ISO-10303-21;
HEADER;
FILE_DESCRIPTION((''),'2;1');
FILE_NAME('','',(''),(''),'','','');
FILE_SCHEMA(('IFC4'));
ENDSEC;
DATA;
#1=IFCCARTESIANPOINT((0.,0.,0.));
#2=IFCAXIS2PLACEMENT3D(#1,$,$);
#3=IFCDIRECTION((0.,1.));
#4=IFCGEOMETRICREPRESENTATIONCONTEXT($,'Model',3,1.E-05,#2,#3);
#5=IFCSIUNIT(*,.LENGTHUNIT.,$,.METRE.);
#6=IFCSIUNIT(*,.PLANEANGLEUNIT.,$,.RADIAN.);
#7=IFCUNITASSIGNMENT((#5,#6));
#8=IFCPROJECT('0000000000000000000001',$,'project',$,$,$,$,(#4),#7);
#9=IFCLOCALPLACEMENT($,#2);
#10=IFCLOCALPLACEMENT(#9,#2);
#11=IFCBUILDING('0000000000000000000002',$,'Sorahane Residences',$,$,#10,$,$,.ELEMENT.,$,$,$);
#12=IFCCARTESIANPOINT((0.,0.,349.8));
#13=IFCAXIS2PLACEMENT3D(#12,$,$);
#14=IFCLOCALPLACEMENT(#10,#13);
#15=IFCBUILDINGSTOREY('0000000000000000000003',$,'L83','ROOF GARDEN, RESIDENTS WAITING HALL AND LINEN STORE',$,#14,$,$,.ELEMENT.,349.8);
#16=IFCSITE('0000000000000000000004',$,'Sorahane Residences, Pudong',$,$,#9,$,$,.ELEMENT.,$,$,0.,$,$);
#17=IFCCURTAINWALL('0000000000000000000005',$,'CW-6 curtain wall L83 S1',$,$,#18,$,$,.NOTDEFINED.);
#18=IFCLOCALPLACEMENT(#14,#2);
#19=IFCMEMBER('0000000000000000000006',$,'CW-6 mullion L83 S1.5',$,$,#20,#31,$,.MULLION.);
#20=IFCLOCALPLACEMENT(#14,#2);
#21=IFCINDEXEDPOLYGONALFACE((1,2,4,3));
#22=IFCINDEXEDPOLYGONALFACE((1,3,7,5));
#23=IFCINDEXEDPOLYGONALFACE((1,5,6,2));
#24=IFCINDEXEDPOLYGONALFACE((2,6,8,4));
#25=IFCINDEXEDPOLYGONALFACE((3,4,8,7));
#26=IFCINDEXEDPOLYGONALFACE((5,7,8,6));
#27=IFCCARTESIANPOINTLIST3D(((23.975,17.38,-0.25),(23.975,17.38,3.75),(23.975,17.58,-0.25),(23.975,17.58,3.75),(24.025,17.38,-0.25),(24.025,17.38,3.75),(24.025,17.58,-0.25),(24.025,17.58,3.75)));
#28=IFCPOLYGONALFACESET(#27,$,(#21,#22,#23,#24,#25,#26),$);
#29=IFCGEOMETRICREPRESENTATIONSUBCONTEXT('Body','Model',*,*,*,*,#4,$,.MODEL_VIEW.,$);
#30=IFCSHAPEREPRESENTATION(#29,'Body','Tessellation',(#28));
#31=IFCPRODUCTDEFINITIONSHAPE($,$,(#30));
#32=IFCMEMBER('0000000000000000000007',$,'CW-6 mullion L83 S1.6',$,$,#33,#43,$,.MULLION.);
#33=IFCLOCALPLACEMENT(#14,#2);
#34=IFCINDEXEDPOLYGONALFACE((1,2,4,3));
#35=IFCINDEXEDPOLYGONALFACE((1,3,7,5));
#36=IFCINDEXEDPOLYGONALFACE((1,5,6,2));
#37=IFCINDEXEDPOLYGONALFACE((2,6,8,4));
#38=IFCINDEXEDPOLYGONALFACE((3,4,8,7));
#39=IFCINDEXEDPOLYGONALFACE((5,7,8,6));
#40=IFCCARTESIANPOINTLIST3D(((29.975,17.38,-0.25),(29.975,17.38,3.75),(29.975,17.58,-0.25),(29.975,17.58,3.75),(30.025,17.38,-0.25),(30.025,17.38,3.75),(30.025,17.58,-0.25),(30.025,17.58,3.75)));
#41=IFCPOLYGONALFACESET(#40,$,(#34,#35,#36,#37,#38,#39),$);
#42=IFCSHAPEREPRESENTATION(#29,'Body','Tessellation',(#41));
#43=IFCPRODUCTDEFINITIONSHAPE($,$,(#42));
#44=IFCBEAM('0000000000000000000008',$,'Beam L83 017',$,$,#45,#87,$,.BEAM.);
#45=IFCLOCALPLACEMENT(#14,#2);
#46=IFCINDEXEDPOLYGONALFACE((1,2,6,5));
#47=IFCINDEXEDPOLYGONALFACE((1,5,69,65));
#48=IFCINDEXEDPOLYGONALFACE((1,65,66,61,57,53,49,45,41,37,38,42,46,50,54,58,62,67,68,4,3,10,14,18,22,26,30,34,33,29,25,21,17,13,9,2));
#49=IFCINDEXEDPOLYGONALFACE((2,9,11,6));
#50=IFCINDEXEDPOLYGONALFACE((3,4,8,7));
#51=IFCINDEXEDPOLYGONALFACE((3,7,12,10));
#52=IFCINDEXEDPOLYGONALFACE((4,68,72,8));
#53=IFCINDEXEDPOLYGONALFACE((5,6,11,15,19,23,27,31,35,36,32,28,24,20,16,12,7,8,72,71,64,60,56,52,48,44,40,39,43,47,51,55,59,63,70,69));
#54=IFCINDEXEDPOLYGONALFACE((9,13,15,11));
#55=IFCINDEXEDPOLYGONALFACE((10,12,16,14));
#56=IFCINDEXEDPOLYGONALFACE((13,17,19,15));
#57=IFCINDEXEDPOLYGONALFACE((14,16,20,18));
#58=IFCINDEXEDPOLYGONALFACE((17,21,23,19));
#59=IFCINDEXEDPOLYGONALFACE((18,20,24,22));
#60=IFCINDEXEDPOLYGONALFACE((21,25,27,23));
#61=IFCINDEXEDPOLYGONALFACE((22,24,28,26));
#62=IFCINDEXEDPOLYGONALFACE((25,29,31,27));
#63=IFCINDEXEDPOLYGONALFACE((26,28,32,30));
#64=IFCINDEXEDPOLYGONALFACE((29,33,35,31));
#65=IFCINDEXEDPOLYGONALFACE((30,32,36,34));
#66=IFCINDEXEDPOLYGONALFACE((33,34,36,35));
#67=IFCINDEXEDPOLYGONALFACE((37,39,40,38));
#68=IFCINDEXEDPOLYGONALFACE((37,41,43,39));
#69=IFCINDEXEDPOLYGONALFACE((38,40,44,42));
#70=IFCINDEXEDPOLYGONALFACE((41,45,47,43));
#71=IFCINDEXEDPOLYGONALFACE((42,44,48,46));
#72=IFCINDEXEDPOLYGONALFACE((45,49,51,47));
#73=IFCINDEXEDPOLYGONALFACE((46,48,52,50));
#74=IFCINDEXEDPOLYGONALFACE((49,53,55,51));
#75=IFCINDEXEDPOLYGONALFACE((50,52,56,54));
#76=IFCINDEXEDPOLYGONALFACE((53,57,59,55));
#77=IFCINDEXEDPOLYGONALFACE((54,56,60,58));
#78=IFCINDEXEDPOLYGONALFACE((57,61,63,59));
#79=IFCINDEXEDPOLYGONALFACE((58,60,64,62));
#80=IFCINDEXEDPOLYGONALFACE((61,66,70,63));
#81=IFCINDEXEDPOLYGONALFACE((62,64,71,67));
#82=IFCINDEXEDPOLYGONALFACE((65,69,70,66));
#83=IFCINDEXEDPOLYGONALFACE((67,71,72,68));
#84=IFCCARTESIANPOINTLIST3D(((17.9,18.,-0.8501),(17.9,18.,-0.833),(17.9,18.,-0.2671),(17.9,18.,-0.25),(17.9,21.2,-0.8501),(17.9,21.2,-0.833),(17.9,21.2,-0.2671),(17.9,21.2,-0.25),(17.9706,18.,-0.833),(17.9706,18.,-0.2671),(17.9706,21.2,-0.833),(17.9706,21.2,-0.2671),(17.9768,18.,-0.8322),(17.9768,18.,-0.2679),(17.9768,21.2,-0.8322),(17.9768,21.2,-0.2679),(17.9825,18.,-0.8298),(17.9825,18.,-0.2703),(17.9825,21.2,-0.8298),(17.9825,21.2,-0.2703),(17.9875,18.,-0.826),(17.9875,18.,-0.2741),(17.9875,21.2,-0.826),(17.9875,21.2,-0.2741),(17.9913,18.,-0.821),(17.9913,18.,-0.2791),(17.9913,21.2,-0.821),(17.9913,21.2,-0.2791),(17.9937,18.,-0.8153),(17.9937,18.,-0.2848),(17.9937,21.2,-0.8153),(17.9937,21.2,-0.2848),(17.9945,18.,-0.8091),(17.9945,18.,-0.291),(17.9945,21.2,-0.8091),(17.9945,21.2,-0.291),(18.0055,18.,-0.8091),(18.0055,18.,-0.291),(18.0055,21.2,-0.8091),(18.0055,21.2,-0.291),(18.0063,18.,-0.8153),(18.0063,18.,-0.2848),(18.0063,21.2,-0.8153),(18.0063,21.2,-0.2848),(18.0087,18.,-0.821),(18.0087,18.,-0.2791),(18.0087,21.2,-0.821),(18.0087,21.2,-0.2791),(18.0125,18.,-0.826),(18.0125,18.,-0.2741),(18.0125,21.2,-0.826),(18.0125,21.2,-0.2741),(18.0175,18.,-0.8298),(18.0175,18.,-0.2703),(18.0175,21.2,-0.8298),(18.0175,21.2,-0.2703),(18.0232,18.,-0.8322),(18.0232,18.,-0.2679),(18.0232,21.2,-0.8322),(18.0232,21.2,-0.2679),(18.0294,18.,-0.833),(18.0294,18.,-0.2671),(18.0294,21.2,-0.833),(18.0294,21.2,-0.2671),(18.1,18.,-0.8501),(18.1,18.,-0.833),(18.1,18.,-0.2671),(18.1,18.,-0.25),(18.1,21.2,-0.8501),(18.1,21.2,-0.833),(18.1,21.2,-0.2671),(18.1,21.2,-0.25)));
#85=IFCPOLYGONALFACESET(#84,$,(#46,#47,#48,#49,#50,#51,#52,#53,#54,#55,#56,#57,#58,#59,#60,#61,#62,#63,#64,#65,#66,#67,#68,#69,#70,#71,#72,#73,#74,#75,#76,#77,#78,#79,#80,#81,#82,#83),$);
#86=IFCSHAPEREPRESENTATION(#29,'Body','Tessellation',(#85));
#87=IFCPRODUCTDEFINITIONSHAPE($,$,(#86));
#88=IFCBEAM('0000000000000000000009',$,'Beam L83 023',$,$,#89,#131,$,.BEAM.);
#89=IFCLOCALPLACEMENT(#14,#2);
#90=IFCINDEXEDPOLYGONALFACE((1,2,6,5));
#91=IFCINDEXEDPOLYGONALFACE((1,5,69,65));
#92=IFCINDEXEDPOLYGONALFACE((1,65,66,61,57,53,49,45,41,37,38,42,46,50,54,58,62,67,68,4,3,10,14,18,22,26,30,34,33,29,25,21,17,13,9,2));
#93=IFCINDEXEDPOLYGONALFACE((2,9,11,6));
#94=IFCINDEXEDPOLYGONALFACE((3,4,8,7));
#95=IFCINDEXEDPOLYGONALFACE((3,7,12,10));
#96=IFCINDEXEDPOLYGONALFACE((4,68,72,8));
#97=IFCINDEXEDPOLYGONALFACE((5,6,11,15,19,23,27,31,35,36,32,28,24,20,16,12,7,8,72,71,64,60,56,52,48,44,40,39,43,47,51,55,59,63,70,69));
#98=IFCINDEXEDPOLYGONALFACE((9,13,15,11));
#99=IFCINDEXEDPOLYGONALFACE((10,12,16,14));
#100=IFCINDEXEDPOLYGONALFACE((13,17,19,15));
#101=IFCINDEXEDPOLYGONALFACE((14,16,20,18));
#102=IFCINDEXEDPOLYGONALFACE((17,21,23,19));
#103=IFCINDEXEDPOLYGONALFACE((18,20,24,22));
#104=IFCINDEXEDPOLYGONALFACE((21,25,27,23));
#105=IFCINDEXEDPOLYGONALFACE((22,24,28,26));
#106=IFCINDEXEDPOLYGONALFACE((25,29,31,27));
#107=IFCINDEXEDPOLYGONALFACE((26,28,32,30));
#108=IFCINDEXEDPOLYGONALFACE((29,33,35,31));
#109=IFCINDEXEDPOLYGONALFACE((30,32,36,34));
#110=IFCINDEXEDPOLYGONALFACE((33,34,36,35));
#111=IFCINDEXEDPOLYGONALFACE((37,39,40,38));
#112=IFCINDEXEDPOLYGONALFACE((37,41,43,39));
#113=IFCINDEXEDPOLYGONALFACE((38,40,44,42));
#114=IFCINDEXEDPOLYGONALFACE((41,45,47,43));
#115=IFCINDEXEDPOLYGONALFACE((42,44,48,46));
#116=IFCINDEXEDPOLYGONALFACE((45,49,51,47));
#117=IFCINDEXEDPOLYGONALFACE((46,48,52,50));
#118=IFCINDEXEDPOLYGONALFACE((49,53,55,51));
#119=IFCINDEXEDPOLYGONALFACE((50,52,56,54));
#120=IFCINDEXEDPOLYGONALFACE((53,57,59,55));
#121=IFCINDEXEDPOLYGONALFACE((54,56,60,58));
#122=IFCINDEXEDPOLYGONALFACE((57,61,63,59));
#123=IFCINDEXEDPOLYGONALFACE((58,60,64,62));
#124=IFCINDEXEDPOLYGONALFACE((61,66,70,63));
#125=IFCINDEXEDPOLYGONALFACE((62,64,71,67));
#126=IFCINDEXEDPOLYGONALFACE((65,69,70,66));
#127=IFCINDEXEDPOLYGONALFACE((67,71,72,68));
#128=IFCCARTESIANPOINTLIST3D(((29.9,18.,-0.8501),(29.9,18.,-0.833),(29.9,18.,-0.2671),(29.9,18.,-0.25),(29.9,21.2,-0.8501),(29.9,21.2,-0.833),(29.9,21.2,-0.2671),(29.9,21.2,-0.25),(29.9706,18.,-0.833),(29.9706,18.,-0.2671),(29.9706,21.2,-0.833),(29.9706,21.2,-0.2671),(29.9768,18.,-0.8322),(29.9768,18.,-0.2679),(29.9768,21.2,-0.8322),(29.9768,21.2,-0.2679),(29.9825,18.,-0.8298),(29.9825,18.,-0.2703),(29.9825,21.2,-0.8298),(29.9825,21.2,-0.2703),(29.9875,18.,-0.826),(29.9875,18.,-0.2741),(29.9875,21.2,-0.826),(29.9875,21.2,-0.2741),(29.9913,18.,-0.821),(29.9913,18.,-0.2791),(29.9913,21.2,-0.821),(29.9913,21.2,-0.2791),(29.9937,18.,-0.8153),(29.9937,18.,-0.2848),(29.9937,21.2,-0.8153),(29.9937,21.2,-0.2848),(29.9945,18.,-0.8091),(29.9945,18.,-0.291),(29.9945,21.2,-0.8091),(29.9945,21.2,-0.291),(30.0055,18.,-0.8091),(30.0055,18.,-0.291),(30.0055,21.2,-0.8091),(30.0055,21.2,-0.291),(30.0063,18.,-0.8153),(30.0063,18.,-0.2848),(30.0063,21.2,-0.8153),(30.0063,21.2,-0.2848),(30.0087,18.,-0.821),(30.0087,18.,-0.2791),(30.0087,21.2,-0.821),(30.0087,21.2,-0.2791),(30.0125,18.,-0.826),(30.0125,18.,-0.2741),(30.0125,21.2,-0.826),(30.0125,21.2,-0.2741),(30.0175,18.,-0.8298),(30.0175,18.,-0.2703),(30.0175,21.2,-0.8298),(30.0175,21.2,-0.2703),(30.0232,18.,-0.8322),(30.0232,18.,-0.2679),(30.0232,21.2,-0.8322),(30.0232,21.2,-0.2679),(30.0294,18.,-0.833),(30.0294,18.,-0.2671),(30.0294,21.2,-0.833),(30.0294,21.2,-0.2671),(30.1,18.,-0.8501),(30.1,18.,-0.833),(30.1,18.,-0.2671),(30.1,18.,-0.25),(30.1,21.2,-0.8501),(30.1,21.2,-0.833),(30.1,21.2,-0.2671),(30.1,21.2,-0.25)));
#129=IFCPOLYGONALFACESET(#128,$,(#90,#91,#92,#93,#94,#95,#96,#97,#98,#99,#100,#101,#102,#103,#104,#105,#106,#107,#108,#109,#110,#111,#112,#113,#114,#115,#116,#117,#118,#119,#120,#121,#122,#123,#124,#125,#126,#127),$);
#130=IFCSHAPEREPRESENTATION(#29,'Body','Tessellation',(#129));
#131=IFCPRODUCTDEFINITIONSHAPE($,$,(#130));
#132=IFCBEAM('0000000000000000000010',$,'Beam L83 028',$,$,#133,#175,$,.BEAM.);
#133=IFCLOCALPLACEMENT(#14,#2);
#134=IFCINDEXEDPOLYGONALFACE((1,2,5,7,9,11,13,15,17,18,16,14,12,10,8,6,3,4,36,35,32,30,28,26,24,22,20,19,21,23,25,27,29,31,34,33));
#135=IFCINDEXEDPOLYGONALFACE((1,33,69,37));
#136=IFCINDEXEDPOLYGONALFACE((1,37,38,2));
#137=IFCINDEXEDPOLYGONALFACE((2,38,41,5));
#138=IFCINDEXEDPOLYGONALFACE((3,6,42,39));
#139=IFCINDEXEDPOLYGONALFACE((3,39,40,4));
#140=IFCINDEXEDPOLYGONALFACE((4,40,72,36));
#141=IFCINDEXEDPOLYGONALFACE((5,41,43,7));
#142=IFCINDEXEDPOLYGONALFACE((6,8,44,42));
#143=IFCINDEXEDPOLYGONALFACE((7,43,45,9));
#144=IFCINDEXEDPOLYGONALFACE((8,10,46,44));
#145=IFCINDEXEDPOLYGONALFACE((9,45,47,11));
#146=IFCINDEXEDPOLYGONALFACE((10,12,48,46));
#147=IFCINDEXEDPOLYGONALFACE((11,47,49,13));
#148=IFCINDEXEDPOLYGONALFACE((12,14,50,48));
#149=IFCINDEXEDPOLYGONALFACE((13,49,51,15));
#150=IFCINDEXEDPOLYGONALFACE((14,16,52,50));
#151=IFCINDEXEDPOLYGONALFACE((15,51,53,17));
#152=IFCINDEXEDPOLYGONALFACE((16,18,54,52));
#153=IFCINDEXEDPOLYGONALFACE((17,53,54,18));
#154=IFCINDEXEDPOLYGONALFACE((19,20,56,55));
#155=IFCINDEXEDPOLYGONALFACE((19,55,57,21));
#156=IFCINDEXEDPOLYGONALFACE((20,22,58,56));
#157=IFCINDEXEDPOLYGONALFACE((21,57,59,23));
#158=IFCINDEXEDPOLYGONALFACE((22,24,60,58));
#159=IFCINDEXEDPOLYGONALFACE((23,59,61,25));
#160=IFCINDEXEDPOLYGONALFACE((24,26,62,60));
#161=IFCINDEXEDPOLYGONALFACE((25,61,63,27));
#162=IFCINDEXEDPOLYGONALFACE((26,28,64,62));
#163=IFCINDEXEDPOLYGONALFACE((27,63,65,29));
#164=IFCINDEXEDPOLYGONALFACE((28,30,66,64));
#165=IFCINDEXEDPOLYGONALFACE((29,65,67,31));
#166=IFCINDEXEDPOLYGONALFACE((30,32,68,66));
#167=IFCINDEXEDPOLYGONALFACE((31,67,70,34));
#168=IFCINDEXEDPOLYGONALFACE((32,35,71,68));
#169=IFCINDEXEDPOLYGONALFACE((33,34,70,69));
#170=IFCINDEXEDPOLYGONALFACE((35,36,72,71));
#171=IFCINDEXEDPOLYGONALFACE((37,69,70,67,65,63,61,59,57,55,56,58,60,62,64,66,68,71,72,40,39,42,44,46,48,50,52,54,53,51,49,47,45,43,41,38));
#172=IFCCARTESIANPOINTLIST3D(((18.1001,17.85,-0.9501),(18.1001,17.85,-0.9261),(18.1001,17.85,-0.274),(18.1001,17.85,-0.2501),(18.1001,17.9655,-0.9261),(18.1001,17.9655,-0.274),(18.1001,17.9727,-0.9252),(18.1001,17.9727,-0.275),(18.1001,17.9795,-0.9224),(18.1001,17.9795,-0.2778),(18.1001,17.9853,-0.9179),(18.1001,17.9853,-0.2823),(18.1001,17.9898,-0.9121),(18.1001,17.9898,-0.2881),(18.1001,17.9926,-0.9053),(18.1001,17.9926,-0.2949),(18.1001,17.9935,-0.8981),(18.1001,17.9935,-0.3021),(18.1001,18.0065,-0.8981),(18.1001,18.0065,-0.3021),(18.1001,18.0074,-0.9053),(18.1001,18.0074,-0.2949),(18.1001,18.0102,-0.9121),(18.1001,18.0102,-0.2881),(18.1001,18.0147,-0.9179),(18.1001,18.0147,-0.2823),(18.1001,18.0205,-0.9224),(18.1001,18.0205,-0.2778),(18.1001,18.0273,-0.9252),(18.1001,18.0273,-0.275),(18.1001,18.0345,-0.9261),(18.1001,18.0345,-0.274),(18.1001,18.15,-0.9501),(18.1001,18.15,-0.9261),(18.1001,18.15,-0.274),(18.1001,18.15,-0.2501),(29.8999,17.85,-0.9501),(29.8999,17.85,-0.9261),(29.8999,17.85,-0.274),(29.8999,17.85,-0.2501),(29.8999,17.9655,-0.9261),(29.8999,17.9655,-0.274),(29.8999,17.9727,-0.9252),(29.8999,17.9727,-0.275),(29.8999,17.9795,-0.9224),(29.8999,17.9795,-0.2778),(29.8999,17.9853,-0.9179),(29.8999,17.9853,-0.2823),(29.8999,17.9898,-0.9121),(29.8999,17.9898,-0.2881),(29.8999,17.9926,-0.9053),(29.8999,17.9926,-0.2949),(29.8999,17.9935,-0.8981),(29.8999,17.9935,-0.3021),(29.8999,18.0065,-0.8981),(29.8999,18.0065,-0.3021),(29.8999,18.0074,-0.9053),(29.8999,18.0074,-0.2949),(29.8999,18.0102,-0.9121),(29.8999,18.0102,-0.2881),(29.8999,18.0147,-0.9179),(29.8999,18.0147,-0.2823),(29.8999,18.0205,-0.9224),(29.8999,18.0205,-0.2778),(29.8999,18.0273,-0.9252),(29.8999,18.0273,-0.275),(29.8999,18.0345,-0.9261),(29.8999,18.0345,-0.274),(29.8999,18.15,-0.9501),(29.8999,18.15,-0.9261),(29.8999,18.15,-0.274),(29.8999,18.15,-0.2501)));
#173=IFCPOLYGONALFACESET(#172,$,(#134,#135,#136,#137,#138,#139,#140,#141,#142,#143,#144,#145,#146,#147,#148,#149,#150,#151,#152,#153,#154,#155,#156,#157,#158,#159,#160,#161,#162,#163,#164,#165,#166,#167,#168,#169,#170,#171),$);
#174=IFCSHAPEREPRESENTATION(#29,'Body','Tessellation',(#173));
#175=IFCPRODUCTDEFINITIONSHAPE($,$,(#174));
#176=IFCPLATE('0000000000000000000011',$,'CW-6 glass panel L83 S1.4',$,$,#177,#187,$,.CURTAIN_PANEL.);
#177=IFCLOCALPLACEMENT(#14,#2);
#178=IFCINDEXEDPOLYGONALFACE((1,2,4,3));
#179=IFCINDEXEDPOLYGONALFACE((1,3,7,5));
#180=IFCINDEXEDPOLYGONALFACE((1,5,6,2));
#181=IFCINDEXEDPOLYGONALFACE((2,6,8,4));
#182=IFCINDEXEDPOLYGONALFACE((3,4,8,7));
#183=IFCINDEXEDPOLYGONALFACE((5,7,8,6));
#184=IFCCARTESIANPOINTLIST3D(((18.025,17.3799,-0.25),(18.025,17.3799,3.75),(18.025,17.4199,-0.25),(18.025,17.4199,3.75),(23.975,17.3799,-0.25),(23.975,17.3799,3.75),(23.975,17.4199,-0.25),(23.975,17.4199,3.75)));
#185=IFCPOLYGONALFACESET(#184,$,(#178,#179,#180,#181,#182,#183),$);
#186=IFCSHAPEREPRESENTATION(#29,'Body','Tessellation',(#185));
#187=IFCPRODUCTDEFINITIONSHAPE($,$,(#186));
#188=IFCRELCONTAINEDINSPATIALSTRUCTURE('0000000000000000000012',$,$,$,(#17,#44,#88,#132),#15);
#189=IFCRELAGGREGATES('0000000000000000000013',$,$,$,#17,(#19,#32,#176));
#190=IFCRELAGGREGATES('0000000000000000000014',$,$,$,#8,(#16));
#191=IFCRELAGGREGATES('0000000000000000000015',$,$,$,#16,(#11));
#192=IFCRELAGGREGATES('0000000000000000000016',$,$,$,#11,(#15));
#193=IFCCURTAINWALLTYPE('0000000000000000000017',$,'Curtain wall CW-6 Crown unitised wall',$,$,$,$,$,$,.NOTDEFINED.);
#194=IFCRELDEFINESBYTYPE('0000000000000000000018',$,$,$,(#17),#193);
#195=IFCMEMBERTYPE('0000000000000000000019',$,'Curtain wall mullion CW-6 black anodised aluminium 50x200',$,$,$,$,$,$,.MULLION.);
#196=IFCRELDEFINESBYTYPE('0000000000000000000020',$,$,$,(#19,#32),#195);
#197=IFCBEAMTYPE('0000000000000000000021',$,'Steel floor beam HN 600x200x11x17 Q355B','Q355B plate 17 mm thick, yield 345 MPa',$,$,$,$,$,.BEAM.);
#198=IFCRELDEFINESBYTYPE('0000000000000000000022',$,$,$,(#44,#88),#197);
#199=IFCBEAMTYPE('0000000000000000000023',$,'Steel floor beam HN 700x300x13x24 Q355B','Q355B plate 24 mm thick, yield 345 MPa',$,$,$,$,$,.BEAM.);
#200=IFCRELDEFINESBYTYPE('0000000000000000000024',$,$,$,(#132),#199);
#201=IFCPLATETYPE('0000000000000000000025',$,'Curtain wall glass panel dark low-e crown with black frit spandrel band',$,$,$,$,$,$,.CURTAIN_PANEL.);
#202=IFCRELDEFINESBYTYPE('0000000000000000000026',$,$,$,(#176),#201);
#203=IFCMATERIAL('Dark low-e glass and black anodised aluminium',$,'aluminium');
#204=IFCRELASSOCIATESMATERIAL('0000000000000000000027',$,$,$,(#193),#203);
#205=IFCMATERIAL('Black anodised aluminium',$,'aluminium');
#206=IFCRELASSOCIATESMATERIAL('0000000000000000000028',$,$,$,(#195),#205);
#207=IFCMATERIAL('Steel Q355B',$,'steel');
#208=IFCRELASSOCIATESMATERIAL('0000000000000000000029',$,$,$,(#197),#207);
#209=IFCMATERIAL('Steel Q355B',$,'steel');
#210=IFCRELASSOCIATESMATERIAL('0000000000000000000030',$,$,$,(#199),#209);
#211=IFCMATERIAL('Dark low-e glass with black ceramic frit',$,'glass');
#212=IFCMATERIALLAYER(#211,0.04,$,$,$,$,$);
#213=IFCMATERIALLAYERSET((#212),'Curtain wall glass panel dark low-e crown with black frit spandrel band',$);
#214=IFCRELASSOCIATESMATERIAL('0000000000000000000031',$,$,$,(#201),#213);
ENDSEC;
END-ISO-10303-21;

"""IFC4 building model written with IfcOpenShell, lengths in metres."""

from ifc_helpers import new_model, si_unit, direction, frame, origin, origin_2d, place, context, subcontext, project, spatial, rectangle, i_section, extrude, material, layer, layer_set, material_profile, profile_set, type_object, element, aggregate, save


model = new_model("IFC4")

# Units and contexts
model_context = context("Model", 3, precision=1e-05, world=origin(), true_north=direction((0.0, 1.0)))
body_context = subcontext(model_context, "Body", "Model", "MODEL_VIEW")
ifc_project = project(units=[si_unit("LENGTHUNIT", "METRE"), si_unit("PLANEANGLEUNIT", "RADIAN")], contexts=[model_context])

# Site, building, storey
site_placement = place(None, origin())
site = spatial("IfcSite", under=ifc_project, at=site_placement, Name="Sorahane Residences, Pudong", CompositionType="ELEMENT", RefElevation=0.0)
building_placement = place(site_placement, origin())
building = spatial("IfcBuilding", under=site, at=building_placement, Name="Sorahane Residences", CompositionType="ELEMENT")
storey_placement = place(building_placement, frame((0.0, 0.0, 349.8)))
storey = spatial("IfcBuildingStorey", under=building, at=storey_placement, Name="L83", Description="ROOF GARDEN, RESIDENTS WAITING HALL AND LINEN STORE", CompositionType="ELEMENT", Elevation=349.8)

# Curtain wall, members
ifc_material_1 = material(Name="Dark low-e glass and black anodised aluminium", Category="aluminium")
curtain_wall_type = type_object("IfcCurtainWallType", Name="Curtain wall CW-6 Crown unitised wall", PredefinedType="NOTDEFINED", material=ifc_material_1)
curtain_wall_placement = place(storey_placement, origin())
curtain_wall = element("IfcCurtainWall", 1, at=curtain_wall_placement, inside=storey, type_object=curtain_wall_type, Name="CW-6 curtain wall L83 S1", PredefinedType="NOTDEFINED")
ifc_material_2 = material(Name="Black anodised aluminium", Category="aluminium")
ifc_material_profile_1 = material_profile(ifc_material_2, rectangle(XDim=0.2, YDim=0.05, at=origin_2d()), Name="Curtain wall mullion CW-6 black anodised aluminium 50x200")
ifc_profile_set_1 = profile_set([ifc_material_profile_1], Name="Black anodised aluminium")
member_type = type_object("IfcMemberType", Name="Curtain wall mullion CW-6 black anodised aluminium 50x200", PredefinedType="MULLION", material=ifc_profile_set_1)
member_1_placement = place(storey_placement, frame((24.0, 17.48, -0.25), z_axis=(0.0, 0.0, 1.0), x_axis=(0.0, -1.0, 0.0)))
member_1 = element("IfcMember", 2, at=member_1_placement, type_object=member_type, Name="CW-6 mullion L83 S1.5", PredefinedType="MULLION", context=body_context, shape_type="SweptSolid", body=[
    extrude(rectangle(XDim=0.2, YDim=0.05, at=origin_2d()), origin(), (0.0, 0.0, 1.0), 4.0),
])
member_2_placement = place(storey_placement, frame((30.0, 17.48, -0.25), z_axis=(0.0, 0.0, 1.0), x_axis=(0.0, -1.0, 0.0)))
member_2 = element("IfcMember", 3, at=member_2_placement, type_object=member_type, Name="CW-6 mullion L83 S1.6", PredefinedType="MULLION", context=body_context, shape_type="SweptSolid", body=[
    extrude(rectangle(XDim=0.2, YDim=0.05, at=origin_2d()), origin(), (0.0, 0.0, 1.0), 4.0),
])

# Beams
ifc_material_3 = material(Name="Steel Q355B", Category="steel")
ifc_material_profile_2 = material_profile(ifc_material_3, i_section(OverallWidth=0.2, OverallDepth=0.6001, WebThickness=0.011, FlangeThickness=0.0171, FilletRadius=0.0239, at=origin_2d()), Name="HN 600x200x11x17")
ifc_profile_set_2 = profile_set([ifc_material_profile_2], Name="Steel Q355B")
beam_type_1 = type_object("IfcBeamType", Name="Steel floor beam HN 600x200x11x17 Q355B", Description="Q355B plate 17 mm thick, yield 345 MPa", PredefinedType="BEAM", material=ifc_profile_set_2)
for number, where, z_axis, x_axis, name in (
    (4, (18.0, 18.0, -0.55), (0.0, 1.0, 0.0), (-1.0, 0.0, 0.0), "Beam L83 017"),
    (5, (30.0, 18.0, -0.55), (0.0, 1.0, 0.0), (-1.0, 0.0, 0.0), "Beam L83 023"),
):
    element("IfcBeam", number, at=place(storey_placement, frame(where, z_axis=z_axis, x_axis=x_axis)), inside=storey, type_object=beam_type_1, Name=name, PredefinedType="BEAM", context=body_context, shape_type="SweptSolid", body=[
        extrude(i_section(OverallWidth=0.2, OverallDepth=0.6001, WebThickness=0.011, FlangeThickness=0.0171, FilletRadius=0.0239, at=origin_2d()), origin(), (0.0, 0.0, 1.0), 3.2),
    ])
ifc_material_4 = material(Name="Steel Q355B", Category="steel")
ifc_material_profile_3 = material_profile(ifc_material_4, i_section(OverallWidth=0.3, OverallDepth=0.7, WebThickness=0.0129, FlangeThickness=0.0239, FilletRadius=0.0281, at=origin_2d()), Name="HN 700x300x13x24")
ifc_profile_set_3 = profile_set([ifc_material_profile_3], Name="Steel Q355B")
beam_type_2 = type_object("IfcBeamType", Name="Steel floor beam HN 700x300x13x24 Q355B", Description="Q355B plate 24 mm thick, yield 345 MPa", PredefinedType="BEAM", material=ifc_profile_set_3)
beam_placement = place(storey_placement, frame((18.1001, 18.0, -0.6001), z_axis=(1.0, 0.0, 0.0), x_axis=(0.0, 1.0, 0.0)))
element("IfcBeam", 6, at=beam_placement, inside=storey, type_object=beam_type_2, Name="Beam L83 028", PredefinedType="BEAM", context=body_context, shape_type="SweptSolid", body=[
    extrude(i_section(OverallWidth=0.3, OverallDepth=0.7, WebThickness=0.0129, FlangeThickness=0.0239, FilletRadius=0.0281, at=origin_2d()), origin(), (0.0, 0.0, 1.0), 11.7998),
])

# Plate
ifc_material_5 = material(Name="Dark low-e glass with black ceramic frit", Category="glass")
ifc_layer_1 = layer(ifc_material_5, 0.04)
ifc_layer_set_1 = layer_set([ifc_layer_1], Name="Curtain wall glass panel dark low-e crown with black frit spandrel band")
plate_type = type_object("IfcPlateType", Name="Curtain wall glass panel dark low-e crown with black frit spandrel band", PredefinedType="CURTAIN_PANEL", material=ifc_layer_set_1)
plate_1_placement = place(storey_placement, frame((21.0, 17.3999, -0.25), z_axis=(0.0, 0.0, 1.0), x_axis=(1.0, 0.0, 0.0)))
plate_1 = element("IfcPlate", 7, at=plate_1_placement, type_object=plate_type, Name="CW-6 glass panel L83 S1.4", PredefinedType="CURTAIN_PANEL", context=body_context, shape_type="SweptSolid", body=[
    extrude(rectangle(XDim=5.95, YDim=0.04, at=origin_2d()), origin(), (0.0, 0.0, 1.0), 4.0),
])
aggregate(curtain_wall, [member_1, member_2, plate_1])

save(model, "model.ifc")
